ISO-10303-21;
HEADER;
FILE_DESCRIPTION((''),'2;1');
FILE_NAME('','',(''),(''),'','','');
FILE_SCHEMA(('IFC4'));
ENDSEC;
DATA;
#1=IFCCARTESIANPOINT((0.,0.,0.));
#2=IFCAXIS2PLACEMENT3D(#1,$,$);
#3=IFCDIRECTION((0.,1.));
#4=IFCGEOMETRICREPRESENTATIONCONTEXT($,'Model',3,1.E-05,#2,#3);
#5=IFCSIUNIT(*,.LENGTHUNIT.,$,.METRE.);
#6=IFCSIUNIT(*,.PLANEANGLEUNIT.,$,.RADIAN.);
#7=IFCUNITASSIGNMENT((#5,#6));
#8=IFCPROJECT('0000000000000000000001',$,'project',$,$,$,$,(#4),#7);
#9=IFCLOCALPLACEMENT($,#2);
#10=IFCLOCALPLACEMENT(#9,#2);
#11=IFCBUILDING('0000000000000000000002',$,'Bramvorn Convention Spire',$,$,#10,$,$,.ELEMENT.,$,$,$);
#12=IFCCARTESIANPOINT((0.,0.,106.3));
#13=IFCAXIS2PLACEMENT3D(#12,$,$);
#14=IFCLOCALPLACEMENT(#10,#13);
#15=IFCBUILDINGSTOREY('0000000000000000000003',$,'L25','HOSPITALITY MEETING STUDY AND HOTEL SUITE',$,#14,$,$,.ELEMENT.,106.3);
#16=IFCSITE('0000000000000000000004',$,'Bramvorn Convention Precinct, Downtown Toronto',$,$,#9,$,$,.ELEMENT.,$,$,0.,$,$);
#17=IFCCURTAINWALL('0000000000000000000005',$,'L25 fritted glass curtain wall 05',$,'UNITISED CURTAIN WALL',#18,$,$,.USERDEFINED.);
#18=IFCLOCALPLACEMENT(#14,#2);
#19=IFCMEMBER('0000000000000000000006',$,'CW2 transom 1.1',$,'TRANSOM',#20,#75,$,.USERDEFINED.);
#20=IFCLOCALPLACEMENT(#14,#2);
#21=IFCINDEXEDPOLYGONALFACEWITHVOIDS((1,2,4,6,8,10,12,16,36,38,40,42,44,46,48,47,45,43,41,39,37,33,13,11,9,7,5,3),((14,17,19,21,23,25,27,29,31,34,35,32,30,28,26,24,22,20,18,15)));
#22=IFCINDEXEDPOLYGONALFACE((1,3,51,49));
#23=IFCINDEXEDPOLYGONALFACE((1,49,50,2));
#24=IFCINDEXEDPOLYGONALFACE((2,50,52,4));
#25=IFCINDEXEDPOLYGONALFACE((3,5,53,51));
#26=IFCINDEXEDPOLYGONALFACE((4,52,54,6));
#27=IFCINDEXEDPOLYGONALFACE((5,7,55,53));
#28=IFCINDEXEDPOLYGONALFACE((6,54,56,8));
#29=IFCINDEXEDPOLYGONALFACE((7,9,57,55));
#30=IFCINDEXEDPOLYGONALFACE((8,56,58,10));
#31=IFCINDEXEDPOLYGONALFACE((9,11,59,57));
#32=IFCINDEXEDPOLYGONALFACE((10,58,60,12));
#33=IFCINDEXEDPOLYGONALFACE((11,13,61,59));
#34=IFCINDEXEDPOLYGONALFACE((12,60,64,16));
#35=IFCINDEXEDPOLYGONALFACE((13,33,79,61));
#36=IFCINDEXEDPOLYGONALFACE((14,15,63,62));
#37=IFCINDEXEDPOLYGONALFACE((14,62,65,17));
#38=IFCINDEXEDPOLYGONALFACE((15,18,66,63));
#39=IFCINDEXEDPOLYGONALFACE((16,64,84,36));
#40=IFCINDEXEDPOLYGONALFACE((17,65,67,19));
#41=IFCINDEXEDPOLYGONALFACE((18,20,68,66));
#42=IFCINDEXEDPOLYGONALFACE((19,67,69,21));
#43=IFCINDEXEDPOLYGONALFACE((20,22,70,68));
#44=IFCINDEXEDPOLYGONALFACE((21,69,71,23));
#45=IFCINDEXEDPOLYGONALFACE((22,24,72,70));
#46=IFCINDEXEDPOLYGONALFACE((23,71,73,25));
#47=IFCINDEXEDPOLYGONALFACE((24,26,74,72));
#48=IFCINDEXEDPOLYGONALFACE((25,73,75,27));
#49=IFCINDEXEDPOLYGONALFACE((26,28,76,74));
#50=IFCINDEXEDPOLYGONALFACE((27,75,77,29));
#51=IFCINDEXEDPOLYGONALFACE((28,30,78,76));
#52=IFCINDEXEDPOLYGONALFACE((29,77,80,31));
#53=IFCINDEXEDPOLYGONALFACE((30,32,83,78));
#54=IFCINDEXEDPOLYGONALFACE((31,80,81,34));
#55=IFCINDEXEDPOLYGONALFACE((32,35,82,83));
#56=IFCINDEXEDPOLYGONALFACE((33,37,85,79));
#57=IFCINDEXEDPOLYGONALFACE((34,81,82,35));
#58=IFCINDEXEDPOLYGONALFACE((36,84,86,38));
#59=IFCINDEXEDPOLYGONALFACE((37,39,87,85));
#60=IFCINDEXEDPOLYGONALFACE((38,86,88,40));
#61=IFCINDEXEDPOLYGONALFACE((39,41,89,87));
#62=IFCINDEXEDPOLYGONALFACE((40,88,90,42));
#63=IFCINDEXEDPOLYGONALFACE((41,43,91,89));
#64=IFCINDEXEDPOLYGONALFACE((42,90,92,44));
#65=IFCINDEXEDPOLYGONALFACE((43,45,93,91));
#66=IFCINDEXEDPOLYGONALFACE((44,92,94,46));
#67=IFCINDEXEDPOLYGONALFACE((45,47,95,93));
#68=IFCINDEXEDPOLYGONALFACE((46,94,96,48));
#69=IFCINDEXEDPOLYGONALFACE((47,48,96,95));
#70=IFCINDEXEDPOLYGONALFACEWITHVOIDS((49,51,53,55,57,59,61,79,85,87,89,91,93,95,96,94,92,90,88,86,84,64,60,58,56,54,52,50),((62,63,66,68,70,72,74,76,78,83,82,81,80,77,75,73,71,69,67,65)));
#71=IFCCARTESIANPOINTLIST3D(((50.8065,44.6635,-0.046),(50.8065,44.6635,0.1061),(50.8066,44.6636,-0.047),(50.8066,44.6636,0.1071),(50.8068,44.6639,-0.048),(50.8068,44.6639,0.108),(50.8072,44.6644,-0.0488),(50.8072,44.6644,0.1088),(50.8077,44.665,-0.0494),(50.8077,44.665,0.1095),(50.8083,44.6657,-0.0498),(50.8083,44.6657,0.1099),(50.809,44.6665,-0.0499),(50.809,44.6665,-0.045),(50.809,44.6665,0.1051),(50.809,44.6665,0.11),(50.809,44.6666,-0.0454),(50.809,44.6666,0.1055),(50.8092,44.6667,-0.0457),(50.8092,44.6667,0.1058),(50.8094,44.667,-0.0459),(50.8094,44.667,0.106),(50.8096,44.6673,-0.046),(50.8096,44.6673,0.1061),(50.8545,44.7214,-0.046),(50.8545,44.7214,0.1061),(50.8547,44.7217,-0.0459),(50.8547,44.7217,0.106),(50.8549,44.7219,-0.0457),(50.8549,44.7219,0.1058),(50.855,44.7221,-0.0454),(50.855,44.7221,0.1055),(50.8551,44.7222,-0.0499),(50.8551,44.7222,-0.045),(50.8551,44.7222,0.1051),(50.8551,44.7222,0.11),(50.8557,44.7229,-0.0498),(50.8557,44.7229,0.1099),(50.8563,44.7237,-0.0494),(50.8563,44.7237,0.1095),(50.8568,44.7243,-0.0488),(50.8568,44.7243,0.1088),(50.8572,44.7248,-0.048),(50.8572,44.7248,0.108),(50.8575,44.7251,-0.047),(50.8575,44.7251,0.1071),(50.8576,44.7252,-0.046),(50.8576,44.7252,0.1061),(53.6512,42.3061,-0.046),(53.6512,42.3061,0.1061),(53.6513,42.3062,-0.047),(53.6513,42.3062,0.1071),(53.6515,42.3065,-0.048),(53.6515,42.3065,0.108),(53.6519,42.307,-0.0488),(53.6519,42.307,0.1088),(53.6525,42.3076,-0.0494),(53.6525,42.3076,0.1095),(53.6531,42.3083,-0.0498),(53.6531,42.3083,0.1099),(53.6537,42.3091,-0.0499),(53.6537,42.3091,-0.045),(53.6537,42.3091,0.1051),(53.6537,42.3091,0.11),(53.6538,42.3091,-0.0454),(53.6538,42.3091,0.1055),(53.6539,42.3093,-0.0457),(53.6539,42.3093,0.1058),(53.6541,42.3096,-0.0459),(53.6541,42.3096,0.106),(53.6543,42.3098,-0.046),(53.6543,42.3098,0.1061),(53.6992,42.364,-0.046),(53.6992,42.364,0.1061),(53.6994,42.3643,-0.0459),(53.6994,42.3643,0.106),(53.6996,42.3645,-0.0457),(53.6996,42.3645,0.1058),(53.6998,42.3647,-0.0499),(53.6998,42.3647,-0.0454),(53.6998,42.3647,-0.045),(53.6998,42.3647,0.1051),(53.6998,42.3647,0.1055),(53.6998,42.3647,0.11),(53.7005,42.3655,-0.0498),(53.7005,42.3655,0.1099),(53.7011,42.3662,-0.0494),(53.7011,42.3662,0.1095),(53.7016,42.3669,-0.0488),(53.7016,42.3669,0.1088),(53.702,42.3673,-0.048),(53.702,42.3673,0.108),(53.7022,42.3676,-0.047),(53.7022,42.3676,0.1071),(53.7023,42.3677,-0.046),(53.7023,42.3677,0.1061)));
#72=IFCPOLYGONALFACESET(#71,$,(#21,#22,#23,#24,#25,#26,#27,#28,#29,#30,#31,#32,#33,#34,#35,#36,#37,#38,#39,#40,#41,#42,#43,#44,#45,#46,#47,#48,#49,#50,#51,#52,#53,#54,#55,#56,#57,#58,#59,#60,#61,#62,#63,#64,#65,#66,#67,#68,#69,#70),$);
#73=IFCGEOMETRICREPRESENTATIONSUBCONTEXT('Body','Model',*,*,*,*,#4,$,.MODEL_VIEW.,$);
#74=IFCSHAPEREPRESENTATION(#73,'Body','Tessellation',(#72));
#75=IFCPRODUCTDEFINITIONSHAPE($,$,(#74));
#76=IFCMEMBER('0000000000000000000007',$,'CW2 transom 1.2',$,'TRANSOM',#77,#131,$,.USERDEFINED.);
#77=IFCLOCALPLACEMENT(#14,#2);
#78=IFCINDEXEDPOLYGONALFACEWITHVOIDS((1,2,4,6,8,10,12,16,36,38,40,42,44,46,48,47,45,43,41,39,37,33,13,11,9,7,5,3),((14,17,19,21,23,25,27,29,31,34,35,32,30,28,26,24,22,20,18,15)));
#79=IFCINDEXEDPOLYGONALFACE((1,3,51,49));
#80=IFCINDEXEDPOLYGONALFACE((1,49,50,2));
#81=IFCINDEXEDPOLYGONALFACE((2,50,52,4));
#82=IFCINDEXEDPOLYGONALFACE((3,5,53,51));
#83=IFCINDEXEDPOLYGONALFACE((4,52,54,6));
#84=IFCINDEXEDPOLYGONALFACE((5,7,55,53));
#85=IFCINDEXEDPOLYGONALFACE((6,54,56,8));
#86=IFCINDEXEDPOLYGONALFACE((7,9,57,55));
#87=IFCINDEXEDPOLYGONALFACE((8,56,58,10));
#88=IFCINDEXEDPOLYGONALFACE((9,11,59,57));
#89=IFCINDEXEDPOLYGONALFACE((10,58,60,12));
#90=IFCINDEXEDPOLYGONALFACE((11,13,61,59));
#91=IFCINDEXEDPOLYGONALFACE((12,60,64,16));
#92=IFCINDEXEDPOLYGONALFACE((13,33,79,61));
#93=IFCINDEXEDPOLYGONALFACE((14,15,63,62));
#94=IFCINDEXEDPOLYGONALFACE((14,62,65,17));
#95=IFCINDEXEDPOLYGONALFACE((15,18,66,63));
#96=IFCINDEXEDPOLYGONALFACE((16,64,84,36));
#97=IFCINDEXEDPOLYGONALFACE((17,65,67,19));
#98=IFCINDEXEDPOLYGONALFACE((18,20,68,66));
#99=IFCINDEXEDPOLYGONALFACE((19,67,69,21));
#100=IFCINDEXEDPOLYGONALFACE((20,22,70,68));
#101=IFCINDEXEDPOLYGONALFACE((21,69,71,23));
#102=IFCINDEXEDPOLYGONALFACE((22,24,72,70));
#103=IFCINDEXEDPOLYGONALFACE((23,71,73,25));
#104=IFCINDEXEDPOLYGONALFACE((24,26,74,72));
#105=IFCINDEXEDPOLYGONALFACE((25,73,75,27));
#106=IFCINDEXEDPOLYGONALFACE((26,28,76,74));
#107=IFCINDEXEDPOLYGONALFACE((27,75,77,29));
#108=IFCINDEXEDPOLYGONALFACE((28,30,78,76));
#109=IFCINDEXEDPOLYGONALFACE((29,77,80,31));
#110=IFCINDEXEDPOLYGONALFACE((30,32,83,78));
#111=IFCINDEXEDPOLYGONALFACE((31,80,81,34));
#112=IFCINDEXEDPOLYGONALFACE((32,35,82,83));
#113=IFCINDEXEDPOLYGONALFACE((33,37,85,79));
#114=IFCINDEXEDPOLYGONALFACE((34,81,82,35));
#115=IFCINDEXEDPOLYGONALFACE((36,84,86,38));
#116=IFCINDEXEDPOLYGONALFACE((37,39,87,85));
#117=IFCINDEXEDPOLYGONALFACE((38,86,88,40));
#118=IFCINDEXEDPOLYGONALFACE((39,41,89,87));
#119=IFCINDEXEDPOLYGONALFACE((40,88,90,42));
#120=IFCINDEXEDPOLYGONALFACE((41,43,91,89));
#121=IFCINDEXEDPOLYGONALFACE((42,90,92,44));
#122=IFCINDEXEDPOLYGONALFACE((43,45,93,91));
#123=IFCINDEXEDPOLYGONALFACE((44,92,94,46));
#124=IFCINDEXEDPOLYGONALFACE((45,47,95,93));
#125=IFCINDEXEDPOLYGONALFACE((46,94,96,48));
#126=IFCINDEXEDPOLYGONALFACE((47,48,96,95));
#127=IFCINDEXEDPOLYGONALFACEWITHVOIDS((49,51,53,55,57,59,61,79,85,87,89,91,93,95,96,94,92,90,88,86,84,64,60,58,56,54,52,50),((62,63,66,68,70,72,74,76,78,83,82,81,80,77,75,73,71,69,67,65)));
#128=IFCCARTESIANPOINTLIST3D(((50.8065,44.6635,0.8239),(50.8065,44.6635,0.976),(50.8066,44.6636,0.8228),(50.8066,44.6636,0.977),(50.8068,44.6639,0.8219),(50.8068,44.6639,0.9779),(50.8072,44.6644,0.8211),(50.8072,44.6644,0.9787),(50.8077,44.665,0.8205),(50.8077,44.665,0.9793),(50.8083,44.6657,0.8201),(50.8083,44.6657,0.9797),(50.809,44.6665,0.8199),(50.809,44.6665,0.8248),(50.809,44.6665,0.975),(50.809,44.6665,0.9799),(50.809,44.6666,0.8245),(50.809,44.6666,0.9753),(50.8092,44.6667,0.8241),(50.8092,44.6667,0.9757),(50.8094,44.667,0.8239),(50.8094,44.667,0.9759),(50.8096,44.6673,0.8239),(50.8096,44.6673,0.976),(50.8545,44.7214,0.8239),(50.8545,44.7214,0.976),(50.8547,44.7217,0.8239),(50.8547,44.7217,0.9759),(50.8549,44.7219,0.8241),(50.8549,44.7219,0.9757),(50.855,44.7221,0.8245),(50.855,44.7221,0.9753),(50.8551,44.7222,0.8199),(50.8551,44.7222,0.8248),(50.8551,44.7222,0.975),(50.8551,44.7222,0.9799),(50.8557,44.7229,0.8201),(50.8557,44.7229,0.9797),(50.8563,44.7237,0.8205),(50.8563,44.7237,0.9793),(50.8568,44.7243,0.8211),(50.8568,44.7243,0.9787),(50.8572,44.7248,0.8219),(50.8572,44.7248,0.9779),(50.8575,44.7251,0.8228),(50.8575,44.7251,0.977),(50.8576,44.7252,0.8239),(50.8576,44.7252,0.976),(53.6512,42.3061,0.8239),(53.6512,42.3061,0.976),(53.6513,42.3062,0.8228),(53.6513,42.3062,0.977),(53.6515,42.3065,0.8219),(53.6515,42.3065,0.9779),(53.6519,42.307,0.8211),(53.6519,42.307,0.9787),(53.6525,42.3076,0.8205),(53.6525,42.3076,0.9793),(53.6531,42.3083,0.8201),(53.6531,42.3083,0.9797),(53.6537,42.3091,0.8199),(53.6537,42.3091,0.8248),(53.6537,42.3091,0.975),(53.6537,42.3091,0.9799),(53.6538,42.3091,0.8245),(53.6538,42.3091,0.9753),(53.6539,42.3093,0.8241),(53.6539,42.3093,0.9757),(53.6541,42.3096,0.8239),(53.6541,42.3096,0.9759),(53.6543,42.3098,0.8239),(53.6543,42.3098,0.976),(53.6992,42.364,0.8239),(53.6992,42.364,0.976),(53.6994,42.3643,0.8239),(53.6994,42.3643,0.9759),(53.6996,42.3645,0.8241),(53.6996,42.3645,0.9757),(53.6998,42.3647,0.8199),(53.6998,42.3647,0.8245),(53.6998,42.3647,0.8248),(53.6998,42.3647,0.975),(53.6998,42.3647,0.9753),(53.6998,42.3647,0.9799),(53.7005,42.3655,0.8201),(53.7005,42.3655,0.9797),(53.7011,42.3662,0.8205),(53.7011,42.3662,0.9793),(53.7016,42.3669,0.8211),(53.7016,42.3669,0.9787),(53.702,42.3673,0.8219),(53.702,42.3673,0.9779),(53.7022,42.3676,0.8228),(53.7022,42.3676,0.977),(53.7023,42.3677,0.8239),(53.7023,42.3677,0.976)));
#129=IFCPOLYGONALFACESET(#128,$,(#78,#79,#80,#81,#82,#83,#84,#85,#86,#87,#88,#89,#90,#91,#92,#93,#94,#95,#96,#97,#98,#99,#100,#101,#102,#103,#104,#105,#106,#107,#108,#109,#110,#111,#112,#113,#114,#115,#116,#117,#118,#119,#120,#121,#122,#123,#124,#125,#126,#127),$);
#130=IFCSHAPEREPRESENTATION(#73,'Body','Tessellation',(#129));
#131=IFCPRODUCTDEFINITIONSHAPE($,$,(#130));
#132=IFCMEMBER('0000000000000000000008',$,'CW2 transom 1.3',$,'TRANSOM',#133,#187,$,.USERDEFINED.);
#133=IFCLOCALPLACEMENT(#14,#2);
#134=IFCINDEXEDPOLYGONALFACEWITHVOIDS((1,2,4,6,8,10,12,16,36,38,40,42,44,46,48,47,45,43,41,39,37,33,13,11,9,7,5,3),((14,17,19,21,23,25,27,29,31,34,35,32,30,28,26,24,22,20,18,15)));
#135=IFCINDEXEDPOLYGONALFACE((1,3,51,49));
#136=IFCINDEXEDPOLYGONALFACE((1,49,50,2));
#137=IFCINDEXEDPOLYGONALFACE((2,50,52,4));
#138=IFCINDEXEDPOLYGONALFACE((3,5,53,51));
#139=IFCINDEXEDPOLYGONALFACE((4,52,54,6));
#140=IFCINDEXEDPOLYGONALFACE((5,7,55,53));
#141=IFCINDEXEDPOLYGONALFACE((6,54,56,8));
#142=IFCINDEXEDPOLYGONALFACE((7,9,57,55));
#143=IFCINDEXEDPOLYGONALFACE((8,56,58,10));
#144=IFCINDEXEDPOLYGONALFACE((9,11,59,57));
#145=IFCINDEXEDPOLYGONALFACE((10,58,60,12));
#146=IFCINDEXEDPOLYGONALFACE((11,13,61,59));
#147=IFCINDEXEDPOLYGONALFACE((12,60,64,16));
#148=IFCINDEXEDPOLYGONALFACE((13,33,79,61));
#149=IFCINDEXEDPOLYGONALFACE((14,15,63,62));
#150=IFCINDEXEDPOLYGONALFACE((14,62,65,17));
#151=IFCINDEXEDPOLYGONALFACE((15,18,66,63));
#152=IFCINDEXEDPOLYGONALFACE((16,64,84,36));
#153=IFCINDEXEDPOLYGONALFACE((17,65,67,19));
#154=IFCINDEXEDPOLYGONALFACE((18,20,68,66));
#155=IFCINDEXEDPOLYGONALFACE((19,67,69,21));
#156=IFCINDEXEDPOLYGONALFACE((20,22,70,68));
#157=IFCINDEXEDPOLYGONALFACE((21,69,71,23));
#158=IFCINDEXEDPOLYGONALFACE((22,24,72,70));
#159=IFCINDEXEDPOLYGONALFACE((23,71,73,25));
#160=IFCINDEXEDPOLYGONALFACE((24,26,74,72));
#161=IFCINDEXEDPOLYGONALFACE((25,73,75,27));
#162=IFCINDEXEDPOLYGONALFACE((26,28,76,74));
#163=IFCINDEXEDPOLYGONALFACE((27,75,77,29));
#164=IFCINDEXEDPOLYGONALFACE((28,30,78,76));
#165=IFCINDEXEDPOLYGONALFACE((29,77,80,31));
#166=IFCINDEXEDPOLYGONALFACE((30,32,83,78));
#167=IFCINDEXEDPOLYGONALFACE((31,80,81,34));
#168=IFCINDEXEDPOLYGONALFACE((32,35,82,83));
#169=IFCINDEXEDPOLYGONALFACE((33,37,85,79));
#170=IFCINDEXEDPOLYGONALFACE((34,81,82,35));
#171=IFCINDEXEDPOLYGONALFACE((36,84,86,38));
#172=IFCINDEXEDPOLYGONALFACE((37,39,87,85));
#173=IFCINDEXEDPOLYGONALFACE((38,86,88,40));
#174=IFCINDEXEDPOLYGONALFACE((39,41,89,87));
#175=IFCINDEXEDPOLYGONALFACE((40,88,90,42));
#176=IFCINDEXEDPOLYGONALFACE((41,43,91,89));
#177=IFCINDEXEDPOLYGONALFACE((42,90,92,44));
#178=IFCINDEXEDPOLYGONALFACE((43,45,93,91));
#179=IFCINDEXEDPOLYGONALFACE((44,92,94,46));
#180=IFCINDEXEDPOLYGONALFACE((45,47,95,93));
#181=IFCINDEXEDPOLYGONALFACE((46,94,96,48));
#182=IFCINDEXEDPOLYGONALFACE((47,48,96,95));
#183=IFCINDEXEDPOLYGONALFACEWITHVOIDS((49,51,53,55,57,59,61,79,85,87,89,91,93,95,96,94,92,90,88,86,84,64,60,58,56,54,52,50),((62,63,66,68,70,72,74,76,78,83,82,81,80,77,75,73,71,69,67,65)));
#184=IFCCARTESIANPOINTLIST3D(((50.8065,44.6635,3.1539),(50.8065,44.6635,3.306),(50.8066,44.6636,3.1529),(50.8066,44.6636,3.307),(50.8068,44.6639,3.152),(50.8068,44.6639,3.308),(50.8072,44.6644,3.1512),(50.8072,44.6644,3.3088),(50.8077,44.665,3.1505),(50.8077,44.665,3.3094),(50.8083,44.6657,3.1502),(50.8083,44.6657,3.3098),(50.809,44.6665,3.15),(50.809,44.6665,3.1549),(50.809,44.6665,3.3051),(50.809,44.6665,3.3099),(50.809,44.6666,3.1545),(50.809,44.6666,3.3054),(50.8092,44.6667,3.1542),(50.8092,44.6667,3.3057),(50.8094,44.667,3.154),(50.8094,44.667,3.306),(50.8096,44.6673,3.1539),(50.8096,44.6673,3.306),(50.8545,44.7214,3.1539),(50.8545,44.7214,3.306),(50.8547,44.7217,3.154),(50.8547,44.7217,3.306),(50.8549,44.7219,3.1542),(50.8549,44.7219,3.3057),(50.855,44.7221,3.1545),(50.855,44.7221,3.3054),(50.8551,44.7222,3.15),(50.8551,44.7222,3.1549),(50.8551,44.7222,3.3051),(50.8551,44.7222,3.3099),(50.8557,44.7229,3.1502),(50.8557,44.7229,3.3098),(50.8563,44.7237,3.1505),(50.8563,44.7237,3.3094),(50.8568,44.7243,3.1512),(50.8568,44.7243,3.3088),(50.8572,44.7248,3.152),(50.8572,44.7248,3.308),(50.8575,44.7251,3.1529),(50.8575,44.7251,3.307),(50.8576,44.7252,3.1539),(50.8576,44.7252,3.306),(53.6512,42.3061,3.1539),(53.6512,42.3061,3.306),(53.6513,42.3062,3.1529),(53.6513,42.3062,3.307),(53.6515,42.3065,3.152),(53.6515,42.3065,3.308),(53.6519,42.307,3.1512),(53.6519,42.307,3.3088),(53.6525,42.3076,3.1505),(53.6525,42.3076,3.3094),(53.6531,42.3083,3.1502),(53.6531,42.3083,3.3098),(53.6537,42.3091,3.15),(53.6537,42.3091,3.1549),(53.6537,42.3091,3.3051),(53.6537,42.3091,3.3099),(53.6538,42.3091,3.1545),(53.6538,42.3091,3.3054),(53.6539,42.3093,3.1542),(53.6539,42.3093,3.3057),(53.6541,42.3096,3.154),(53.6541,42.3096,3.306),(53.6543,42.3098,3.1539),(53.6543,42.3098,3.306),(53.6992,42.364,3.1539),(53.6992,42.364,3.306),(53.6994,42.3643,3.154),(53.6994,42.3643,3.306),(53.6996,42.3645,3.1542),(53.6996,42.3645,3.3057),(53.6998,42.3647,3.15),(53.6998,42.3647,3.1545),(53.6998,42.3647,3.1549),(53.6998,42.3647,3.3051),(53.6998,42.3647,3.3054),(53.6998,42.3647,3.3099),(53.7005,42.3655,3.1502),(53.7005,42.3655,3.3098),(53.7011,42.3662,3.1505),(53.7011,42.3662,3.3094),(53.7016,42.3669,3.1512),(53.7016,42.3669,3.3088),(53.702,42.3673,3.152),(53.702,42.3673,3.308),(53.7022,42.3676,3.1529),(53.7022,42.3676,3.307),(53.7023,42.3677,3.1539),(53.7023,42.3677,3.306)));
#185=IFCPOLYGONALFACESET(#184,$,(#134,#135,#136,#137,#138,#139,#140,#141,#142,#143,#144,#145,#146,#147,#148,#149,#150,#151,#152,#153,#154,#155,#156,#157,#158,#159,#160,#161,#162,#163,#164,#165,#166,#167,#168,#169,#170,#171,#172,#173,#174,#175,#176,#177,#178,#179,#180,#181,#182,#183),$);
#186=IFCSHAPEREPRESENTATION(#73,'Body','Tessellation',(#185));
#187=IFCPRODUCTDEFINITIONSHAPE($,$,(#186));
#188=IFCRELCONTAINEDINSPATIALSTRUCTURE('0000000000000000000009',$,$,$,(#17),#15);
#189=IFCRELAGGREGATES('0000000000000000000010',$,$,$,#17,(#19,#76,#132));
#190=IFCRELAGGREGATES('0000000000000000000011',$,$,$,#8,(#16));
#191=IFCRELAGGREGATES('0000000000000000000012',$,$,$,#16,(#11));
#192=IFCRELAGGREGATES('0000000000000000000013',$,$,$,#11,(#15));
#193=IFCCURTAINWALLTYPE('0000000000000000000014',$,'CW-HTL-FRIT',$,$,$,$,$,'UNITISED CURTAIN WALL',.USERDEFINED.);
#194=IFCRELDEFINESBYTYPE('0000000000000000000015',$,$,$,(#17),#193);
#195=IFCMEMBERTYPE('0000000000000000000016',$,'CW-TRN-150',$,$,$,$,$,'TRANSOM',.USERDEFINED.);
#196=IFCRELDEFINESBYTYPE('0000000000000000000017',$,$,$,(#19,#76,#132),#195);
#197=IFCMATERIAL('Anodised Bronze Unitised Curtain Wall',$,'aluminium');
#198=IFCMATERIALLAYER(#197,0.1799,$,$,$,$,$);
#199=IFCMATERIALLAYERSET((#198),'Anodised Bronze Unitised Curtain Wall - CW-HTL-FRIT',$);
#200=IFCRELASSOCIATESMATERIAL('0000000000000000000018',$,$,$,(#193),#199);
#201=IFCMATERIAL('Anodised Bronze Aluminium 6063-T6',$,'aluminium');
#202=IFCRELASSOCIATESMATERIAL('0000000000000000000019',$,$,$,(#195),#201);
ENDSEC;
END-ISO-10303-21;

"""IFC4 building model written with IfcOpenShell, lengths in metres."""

from ifc_helpers import new_model, si_unit, direction, frame, origin, origin_2d, place, context, subcontext, project, spatial, hollow_rectangle, extrude, material, layer, layer_set, material_profile, profile_set, type_object, element, aggregate, save


model = new_model("IFC4")

# Units and contexts
model_context = context("Model", 3, precision=1e-05, world=origin(), true_north=direction((0.0, 1.0)))
body_context = subcontext(model_context, "Body", "Model", "MODEL_VIEW")
ifc_project = project(units=[si_unit("LENGTHUNIT", "METRE"), si_unit("PLANEANGLEUNIT", "RADIAN")], contexts=[model_context])

# Site, building, storey
site_placement = place(None, origin())
site = spatial("IfcSite", under=ifc_project, at=site_placement, Name="Bramvorn Convention Precinct, Downtown Toronto", CompositionType="ELEMENT", RefElevation=0.0)
building_placement = place(site_placement, origin())
building = spatial("IfcBuilding", under=site, at=building_placement, Name="Bramvorn Convention Spire", CompositionType="ELEMENT")
storey_placement = place(building_placement, frame((0.0, 0.0, 106.3)))
storey = spatial("IfcBuildingStorey", under=building, at=storey_placement, Name="L25", Description="HOSPITALITY MEETING STUDY AND HOTEL SUITE", CompositionType="ELEMENT", Elevation=106.3)

# Shared definitions
ifc_material_1 = material(Name="Anodised Bronze Unitised Curtain Wall", Category="aluminium")
ifc_layer_1 = layer(ifc_material_1, 0.1799)
ifc_layer_set_1 = layer_set([ifc_layer_1], Name="Anodised Bronze Unitised Curtain Wall - CW-HTL-FRIT")
curtain_wall_type = type_object("IfcCurtainWallType", Name="CW-HTL-FRIT", ElementType="UNITISED CURTAIN WALL", PredefinedType="USERDEFINED", material=ifc_layer_set_1)
ifc_material_2 = material(Name="Anodised Bronze Aluminium 6063-T6", Category="aluminium")

# Curtain wall
curtain_wall_1_placement = place(storey_placement, origin())
curtain_wall_1 = element("IfcCurtainWall", 1, at=curtain_wall_1_placement, inside=storey, type_object=curtain_wall_type, Name="L25 fritted glass curtain wall 05", ObjectType="UNITISED CURTAIN WALL", PredefinedType="USERDEFINED")

# Members
ifc_material_profile_1 = material_profile(ifc_material_2, hollow_rectangle(XDim=0.0801, YDim=0.1599, WallThickness=0.0039, InnerFilletRadius=0.001, OuterFilletRadius=0.0039, at=origin_2d()))
ifc_profile_set_1 = profile_set([ifc_material_profile_1], Name="Anodised Bronze Aluminium 6063-T6 - CWT80X160")
member_type_1 = type_object("IfcMemberType", Name="CW-TRN-150", ElementType="TRANSOM", PredefinedType="USERDEFINED", material=ifc_profile_set_1)
member_1_placement = place(storey_placement, frame((50.832, 44.6943, 0.03), z_axis=(0.769973, -0.638076, 0.0), x_axis=(0.638076, 0.769973, 0.0)))
member_1 = element("IfcMember", 2, at=member_1_placement, type_object=member_type_1, Name="CW2 transom 1.1", ObjectType="TRANSOM", PredefinedType="USERDEFINED", context=body_context, shape_type="SweptSolid", body=[
    extrude(hollow_rectangle(XDim=0.0801, YDim=0.1599, WallThickness=0.0039, InnerFilletRadius=0.001, OuterFilletRadius=0.0039, at=origin_2d()), origin(), (0.0, 0.0, 1.0), 3.6946),
])
member_2_placement = place(storey_placement, frame((50.832, 44.6943, 0.8999), z_axis=(0.769973, -0.638076, 0.0), x_axis=(0.638076, 0.769973, 0.0)))
member_2 = element("IfcMember", 3, at=member_2_placement, type_object=member_type_1, Name="CW2 transom 1.2", ObjectType="TRANSOM", PredefinedType="USERDEFINED", context=body_context, shape_type="SweptSolid", body=[
    extrude(hollow_rectangle(XDim=0.0801, YDim=0.1599, WallThickness=0.0039, InnerFilletRadius=0.001, OuterFilletRadius=0.0039, at=origin_2d()), origin(), (0.0, 0.0, 1.0), 3.6946),
])
member_3_placement = place(storey_placement, frame((50.832, 44.6943, 3.23), z_axis=(0.769973, -0.638076, 0.0), x_axis=(0.638076, 0.769973, 0.0)))
member_3 = element("IfcMember", 4, at=member_3_placement, type_object=member_type_1, Name="CW2 transom 1.3", ObjectType="TRANSOM", PredefinedType="USERDEFINED", context=body_context, shape_type="SweptSolid", body=[
    extrude(hollow_rectangle(XDim=0.0801, YDim=0.1599, WallThickness=0.0039, InnerFilletRadius=0.001, OuterFilletRadius=0.0039, at=origin_2d()), origin(), (0.0, 0.0, 1.0), 3.6946),
])

aggregate(curtain_wall_1, [member_1, member_2, member_3])

save(model, "model.ifc")
